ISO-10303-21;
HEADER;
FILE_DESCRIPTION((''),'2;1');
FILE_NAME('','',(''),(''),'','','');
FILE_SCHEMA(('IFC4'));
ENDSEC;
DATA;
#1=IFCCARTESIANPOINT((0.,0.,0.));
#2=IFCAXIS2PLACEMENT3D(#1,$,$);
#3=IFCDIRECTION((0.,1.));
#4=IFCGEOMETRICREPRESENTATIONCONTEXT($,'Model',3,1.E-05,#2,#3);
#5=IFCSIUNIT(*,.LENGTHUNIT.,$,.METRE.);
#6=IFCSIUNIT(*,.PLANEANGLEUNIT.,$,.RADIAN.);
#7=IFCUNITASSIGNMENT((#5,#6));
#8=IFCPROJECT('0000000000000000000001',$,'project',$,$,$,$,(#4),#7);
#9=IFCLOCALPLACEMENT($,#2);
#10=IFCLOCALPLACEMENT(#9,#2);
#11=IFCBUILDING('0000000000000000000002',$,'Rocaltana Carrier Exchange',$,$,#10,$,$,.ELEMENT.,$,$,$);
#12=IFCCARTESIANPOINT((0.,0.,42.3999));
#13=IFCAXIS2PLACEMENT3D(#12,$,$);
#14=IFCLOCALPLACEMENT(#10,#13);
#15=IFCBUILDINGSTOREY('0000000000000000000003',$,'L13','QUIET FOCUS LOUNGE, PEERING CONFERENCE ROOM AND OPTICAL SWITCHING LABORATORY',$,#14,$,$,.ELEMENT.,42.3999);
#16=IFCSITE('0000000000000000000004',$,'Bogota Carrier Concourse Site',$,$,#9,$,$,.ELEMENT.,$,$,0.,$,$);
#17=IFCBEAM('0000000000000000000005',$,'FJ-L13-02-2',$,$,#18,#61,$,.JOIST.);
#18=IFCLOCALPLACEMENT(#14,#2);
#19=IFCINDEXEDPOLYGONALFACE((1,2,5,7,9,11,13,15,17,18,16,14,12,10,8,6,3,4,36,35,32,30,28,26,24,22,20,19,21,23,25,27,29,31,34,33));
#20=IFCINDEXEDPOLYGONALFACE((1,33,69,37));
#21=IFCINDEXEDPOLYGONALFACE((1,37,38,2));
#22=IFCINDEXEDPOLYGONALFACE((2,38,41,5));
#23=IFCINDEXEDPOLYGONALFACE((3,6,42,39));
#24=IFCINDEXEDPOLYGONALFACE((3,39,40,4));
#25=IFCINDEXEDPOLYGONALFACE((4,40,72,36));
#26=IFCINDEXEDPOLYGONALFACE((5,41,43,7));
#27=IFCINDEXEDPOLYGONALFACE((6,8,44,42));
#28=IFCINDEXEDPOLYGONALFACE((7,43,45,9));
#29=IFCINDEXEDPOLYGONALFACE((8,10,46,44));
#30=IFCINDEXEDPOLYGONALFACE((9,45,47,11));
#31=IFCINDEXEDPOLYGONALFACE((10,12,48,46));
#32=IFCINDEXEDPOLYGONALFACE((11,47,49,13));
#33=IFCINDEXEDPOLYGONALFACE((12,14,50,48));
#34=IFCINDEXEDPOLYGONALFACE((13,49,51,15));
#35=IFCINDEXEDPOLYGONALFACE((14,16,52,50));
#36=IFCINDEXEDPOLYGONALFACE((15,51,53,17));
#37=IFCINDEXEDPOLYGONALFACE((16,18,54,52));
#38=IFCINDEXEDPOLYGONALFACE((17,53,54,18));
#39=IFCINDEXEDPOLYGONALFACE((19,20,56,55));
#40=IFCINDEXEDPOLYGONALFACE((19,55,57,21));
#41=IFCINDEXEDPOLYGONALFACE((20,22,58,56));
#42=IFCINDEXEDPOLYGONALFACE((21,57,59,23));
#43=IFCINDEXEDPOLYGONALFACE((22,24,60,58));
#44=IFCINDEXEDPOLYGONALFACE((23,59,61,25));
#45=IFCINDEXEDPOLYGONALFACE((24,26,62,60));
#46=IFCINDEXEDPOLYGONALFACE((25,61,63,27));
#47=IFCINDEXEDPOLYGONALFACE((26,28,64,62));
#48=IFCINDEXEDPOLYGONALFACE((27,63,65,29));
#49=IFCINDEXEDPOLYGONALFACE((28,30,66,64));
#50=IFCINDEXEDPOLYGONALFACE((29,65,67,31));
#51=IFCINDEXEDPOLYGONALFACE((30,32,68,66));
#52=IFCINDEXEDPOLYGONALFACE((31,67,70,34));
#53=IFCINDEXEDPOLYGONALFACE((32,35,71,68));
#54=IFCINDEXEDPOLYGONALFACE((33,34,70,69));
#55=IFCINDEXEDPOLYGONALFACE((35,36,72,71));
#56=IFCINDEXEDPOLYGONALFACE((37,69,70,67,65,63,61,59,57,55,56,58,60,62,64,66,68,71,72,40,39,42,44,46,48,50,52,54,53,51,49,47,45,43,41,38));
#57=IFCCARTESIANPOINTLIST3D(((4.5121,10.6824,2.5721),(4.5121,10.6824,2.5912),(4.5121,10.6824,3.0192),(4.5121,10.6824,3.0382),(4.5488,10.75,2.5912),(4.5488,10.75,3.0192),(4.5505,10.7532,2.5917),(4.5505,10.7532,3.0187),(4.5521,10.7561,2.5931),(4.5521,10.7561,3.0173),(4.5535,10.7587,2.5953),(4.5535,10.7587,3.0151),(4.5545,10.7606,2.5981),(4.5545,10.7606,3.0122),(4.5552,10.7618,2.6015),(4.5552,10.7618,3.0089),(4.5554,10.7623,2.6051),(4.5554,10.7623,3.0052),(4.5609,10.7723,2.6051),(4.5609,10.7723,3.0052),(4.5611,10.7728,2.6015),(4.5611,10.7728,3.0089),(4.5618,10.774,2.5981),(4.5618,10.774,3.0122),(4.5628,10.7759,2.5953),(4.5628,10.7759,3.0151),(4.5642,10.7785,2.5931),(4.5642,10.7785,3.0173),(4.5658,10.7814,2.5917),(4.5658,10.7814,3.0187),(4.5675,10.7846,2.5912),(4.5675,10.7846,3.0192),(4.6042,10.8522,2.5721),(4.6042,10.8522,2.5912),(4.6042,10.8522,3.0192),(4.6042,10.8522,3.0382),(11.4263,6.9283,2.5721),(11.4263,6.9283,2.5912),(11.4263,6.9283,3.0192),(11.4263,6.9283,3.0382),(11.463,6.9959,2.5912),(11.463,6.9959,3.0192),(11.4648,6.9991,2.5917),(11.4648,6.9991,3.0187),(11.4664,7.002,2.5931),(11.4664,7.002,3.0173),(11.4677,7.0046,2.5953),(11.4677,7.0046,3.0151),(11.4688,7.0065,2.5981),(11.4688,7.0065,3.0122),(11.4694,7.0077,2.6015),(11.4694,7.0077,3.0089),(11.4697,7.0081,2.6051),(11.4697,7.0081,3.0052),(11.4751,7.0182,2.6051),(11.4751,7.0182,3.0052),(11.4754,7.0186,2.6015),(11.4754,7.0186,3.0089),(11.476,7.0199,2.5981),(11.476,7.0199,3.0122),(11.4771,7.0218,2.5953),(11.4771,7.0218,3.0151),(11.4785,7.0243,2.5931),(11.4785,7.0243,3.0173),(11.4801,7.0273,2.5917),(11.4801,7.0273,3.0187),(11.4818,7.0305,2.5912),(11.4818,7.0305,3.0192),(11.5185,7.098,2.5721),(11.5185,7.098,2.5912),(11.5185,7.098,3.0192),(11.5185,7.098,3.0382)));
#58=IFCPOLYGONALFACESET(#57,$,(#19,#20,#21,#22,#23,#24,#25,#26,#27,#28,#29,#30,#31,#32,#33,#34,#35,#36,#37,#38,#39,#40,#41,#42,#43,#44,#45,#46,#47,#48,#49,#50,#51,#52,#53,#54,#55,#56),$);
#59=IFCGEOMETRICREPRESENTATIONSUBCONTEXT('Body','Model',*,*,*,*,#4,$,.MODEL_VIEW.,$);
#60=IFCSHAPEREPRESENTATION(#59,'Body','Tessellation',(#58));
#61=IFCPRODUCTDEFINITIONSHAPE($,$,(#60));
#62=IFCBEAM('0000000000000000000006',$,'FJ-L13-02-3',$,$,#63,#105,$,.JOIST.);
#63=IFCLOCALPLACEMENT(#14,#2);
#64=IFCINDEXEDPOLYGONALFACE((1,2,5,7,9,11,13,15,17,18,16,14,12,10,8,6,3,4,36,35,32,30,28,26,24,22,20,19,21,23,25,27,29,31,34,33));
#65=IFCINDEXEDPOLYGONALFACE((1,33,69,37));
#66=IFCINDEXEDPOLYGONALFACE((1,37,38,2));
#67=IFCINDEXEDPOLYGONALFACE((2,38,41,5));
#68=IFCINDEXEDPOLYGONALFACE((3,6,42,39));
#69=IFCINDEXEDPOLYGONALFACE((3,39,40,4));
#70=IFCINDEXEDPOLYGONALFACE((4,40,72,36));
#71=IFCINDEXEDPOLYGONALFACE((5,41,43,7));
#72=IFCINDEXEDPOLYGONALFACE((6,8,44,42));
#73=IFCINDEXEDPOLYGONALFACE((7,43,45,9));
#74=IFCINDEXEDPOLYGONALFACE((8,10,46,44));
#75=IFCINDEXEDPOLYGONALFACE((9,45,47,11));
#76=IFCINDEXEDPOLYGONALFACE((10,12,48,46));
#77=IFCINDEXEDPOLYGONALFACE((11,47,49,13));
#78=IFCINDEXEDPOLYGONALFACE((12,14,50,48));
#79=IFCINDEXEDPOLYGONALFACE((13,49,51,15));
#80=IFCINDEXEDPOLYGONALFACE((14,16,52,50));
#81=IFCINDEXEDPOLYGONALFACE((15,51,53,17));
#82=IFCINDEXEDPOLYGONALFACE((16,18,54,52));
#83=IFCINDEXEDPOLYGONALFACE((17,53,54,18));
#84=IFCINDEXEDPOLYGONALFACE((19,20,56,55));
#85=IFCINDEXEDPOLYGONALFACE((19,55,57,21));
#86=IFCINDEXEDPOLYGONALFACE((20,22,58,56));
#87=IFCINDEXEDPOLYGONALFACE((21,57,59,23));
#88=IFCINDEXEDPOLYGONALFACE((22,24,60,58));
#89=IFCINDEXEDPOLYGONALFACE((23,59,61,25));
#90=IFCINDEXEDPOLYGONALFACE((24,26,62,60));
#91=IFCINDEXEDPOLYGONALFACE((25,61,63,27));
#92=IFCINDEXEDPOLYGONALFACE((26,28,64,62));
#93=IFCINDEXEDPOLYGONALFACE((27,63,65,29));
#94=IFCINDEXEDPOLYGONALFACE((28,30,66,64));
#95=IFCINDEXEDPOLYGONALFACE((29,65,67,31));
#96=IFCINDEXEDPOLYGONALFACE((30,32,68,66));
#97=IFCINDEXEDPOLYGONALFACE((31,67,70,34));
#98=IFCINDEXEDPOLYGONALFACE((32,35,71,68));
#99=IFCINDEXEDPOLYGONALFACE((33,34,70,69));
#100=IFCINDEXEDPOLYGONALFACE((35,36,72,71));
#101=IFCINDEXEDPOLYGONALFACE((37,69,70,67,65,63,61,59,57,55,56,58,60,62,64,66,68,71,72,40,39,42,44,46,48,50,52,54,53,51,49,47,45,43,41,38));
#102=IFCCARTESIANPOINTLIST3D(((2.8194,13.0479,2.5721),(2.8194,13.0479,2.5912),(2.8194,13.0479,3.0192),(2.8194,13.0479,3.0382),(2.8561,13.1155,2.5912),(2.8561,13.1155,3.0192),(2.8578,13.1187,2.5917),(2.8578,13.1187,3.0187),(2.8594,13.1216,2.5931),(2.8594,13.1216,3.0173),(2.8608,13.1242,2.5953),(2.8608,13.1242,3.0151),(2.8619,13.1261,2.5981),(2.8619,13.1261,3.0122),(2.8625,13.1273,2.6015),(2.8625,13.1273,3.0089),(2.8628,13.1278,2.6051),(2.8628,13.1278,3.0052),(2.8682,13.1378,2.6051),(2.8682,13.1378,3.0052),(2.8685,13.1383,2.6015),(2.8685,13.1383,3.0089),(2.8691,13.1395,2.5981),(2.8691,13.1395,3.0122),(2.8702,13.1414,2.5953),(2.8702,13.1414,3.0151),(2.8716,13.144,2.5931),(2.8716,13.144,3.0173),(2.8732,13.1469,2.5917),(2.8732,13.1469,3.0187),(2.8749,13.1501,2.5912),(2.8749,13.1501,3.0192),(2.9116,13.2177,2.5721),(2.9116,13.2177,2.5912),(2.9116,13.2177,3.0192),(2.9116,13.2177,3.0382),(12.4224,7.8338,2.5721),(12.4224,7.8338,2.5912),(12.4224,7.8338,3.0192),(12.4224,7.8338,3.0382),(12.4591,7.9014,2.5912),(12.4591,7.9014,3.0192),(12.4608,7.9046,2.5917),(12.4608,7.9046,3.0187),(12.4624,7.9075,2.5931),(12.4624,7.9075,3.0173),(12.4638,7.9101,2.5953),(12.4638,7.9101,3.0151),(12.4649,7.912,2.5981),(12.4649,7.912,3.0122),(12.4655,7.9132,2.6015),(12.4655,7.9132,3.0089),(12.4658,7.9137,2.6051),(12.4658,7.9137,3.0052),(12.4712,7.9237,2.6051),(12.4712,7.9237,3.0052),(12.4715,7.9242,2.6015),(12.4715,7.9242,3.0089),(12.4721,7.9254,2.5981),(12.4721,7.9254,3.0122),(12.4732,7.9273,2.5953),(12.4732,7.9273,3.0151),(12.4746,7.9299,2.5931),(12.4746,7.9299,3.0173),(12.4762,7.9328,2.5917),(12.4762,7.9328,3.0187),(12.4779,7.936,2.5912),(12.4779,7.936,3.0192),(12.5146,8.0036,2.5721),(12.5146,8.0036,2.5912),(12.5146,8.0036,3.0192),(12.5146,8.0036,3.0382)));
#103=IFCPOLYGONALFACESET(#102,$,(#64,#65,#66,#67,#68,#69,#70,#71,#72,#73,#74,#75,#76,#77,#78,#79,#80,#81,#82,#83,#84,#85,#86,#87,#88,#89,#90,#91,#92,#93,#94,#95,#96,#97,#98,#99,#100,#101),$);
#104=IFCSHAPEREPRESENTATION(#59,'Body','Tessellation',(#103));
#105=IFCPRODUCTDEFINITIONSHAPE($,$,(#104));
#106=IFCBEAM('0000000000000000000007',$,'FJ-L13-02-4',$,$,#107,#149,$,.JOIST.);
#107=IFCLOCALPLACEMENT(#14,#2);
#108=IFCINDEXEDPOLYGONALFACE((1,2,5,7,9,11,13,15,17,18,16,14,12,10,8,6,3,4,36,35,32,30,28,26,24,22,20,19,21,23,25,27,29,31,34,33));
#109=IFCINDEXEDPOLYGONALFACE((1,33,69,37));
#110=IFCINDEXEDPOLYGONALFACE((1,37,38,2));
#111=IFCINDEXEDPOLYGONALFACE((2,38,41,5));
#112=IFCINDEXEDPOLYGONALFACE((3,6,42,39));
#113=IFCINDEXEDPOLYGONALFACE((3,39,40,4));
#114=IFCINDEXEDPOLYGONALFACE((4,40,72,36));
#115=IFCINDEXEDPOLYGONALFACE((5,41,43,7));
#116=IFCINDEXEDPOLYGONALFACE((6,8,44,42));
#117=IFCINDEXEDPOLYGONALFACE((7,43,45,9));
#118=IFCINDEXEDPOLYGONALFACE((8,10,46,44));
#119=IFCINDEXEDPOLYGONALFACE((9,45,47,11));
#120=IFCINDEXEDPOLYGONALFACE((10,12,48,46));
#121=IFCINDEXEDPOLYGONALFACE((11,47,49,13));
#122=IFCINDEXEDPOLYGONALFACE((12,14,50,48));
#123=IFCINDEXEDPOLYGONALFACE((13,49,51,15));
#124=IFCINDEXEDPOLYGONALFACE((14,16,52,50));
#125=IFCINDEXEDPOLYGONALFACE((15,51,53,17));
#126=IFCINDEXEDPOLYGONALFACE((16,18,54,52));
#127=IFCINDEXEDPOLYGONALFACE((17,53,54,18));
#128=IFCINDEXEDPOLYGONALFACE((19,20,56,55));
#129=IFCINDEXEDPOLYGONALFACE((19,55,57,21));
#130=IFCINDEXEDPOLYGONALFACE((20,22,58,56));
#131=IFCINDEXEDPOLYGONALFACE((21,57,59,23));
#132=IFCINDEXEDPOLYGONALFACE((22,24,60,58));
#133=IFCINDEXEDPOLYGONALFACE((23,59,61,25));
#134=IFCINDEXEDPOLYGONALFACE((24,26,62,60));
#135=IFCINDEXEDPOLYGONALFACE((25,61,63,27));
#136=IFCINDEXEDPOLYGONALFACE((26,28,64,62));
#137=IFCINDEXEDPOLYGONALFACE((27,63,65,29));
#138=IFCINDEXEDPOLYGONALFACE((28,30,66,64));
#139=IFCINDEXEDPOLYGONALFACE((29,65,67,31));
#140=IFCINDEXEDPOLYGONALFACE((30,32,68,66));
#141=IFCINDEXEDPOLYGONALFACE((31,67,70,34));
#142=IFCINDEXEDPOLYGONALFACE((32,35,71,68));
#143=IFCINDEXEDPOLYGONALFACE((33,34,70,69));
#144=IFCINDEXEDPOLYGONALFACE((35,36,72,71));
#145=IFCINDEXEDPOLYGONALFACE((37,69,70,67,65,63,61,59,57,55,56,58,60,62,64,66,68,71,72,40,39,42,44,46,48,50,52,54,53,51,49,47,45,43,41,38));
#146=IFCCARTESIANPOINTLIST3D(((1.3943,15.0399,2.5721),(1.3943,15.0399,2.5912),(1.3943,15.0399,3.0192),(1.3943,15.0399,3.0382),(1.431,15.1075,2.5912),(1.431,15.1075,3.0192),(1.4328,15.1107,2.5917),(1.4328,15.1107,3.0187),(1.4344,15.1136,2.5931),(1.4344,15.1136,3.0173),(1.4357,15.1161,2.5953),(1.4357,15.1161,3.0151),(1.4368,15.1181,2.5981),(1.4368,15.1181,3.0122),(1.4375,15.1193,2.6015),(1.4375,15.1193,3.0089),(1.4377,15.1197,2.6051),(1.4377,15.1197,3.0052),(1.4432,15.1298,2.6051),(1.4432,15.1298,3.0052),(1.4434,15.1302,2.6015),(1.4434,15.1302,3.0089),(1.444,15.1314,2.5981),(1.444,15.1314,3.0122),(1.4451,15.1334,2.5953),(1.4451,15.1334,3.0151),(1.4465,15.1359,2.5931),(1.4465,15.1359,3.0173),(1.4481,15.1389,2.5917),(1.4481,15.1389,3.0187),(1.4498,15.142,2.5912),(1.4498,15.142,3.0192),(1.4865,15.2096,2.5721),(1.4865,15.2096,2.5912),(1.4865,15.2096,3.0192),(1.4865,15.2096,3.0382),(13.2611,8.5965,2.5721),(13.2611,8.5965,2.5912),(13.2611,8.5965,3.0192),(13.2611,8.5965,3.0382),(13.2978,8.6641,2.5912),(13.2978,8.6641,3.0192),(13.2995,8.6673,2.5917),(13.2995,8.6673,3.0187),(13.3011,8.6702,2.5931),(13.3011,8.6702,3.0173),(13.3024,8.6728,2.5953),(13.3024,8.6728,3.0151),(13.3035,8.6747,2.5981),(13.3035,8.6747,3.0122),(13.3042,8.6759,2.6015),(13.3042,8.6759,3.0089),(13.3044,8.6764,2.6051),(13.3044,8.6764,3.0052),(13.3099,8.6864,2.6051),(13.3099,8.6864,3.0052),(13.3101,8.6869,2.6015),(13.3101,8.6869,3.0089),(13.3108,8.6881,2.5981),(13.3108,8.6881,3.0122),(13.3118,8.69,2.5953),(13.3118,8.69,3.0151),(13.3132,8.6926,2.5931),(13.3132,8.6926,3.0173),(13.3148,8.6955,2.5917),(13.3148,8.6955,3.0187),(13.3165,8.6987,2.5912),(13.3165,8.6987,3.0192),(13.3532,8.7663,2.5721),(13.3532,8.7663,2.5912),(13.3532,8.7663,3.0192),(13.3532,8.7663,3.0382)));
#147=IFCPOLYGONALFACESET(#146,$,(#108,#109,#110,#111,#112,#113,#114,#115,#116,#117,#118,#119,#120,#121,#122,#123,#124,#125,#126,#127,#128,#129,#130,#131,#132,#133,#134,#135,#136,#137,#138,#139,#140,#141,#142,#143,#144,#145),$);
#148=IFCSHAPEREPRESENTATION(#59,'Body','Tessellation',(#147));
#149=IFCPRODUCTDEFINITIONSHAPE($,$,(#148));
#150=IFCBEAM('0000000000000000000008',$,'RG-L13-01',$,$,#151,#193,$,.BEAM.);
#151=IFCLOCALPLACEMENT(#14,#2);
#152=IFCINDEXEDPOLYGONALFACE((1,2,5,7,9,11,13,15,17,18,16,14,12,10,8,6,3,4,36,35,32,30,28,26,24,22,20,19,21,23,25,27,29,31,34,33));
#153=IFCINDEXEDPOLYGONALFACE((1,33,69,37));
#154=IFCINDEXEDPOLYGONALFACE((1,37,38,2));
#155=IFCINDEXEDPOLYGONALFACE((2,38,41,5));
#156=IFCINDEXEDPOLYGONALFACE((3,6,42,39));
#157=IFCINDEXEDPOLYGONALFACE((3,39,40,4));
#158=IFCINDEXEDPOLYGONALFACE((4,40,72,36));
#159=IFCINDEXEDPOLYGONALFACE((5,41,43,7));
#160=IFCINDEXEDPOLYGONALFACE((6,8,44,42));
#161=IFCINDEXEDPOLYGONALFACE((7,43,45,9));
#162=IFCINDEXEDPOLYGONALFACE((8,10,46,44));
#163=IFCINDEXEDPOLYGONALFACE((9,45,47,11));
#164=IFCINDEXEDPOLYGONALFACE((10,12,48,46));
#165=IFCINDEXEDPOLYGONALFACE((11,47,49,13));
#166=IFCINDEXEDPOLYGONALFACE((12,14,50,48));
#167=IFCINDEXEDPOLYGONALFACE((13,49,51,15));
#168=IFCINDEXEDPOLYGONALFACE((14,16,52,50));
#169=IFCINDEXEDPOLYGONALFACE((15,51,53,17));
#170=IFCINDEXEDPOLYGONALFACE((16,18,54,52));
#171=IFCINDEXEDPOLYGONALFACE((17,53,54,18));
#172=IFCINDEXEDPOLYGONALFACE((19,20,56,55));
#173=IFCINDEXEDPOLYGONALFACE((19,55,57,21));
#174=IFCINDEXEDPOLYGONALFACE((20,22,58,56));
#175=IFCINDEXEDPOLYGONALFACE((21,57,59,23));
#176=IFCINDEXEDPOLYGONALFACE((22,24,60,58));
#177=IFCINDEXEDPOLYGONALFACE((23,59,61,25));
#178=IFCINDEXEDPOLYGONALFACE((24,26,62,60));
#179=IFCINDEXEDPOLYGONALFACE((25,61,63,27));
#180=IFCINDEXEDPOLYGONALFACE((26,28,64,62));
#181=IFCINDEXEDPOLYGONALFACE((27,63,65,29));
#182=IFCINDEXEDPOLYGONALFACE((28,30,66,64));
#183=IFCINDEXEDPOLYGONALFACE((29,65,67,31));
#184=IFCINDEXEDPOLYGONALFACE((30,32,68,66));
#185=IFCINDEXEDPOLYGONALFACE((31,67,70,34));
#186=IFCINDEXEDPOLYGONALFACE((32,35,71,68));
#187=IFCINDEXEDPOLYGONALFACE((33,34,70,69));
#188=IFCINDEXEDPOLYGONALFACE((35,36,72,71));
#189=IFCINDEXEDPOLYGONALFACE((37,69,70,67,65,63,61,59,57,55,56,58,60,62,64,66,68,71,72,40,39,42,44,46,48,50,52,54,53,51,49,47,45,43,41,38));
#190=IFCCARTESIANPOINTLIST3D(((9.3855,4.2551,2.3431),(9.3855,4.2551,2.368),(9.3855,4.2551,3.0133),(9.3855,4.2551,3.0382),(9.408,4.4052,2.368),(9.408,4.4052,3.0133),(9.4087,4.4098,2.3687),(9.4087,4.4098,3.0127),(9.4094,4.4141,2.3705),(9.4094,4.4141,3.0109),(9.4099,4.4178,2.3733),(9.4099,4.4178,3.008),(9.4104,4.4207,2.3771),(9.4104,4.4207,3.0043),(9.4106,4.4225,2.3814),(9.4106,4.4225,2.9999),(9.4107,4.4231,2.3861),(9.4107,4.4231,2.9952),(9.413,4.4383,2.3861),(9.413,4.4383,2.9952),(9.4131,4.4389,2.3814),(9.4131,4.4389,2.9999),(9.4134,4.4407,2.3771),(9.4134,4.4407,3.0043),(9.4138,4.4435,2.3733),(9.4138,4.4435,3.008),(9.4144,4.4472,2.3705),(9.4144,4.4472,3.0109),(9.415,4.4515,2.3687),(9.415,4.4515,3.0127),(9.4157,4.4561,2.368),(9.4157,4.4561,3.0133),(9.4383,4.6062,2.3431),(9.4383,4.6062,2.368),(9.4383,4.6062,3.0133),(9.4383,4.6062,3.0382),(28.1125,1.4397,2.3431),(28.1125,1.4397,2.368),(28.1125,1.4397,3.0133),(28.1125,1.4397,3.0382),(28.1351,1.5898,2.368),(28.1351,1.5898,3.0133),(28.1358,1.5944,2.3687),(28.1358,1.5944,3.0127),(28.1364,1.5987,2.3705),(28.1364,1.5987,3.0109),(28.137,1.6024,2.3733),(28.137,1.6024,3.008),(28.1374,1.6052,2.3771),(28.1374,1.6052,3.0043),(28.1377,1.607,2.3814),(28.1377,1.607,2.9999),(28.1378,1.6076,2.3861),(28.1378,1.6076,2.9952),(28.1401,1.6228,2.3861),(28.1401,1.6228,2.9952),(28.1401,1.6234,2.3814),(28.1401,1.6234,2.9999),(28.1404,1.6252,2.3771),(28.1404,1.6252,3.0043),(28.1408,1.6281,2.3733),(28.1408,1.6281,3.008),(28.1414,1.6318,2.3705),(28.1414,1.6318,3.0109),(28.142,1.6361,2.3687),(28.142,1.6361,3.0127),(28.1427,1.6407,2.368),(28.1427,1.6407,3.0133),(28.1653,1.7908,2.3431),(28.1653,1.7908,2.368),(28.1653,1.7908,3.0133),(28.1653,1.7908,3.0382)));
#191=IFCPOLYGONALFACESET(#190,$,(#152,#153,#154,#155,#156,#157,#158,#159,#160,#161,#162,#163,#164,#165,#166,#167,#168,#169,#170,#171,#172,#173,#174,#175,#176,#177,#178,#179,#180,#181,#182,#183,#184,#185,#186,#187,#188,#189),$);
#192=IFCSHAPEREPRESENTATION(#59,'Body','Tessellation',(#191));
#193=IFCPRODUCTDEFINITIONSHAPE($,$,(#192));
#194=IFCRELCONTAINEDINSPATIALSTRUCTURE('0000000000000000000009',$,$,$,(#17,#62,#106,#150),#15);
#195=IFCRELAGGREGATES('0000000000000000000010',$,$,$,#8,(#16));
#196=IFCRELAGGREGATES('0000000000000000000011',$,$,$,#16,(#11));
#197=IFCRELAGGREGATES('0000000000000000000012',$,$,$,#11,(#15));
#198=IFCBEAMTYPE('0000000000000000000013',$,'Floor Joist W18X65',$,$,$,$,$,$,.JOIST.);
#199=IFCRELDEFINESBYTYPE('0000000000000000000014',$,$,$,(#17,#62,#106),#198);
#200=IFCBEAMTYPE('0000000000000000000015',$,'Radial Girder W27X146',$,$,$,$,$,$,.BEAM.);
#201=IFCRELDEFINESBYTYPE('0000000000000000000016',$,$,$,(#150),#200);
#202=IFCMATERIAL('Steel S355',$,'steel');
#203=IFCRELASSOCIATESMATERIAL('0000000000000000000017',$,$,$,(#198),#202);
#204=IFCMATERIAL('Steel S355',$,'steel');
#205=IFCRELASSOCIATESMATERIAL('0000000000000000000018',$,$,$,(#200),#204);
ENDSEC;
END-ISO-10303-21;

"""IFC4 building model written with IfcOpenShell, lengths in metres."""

from ifc_helpers import new_model, si_unit, direction, frame, origin, origin_2d, place, context, subcontext, project, spatial, i_section, extrude, material, material_profile, profile_set, type_object, element, save


model = new_model("IFC4")

# Units and contexts
model_context = context("Model", 3, precision=1e-05, world=origin(), true_north=direction((0.0, 1.0)))
body_context = subcontext(model_context, "Body", "Model", "MODEL_VIEW")
ifc_project = project(units=[si_unit("LENGTHUNIT", "METRE"), si_unit("PLANEANGLEUNIT", "RADIAN")], contexts=[model_context])

# Site, building, storey
site_placement = place(None, origin())
site = spatial("IfcSite", under=ifc_project, at=site_placement, Name="Bogota Carrier Concourse Site", CompositionType="ELEMENT", RefElevation=0.0)
building_placement = place(site_placement, origin())
building = spatial("IfcBuilding", under=site, at=building_placement, Name="Rocaltana Carrier Exchange", CompositionType="ELEMENT")
storey_placement = place(building_placement, frame((0.0, 0.0, 42.3999)))
storey = spatial("IfcBuildingStorey", under=building, at=storey_placement, Name="L13", Description="QUIET FOCUS LOUNGE, PEERING CONFERENCE ROOM AND OPTICAL SWITCHING LABORATORY", CompositionType="ELEMENT", Elevation=42.3999)

# Beams
ifc_material_1 = material(Name="Steel S355", Category="steel")
ifc_material_profile_1 = material_profile(ifc_material_1, i_section(OverallWidth=0.1931, OverallDepth=0.4661, WebThickness=0.0115, FlangeThickness=0.019, FilletRadius=0.0139, at=origin_2d()), Name="W18X65")
ifc_profile_set_1 = profile_set([ifc_material_profile_1], Name="Steel S355")
beam_type_1 = type_object("IfcBeamType", Name="Floor Joist W18X65", PredefinedType="JOIST", material=ifc_profile_set_1)
beam_1_placement = place(storey_placement, frame((11.4724, 7.0132, 2.8052), z_axis=(-0.878818, 0.477158, 0.0), x_axis=(-0.477158, -0.878818, 0.0)))
element("IfcBeam", 1, at=beam_1_placement, inside=storey, type_object=beam_type_1, Name="FJ-L13-02-2", PredefinedType="JOIST", context=body_context, shape_type="SweptSolid", body=[
    extrude(i_section(OverallWidth=0.1931, OverallDepth=0.4661, WebThickness=0.0115, FlangeThickness=0.019, FilletRadius=0.0139, at=origin_2d()), origin(), (0.0, 0.0, 1.0), 7.8677),
])
beam_2_placement = place(storey_placement, frame((12.4685, 7.9187, 2.8052), z_axis=(-0.878814, 0.477165, 0.0), x_axis=(-0.477165, -0.878814, 0.0)))
element("IfcBeam", 2, at=beam_2_placement, inside=storey, type_object=beam_type_1, Name="FJ-L13-02-3", PredefinedType="JOIST", context=body_context, shape_type="SweptSolid", body=[
    extrude(i_section(OverallWidth=0.1931, OverallDepth=0.4661, WebThickness=0.0115, FlangeThickness=0.019, FilletRadius=0.0139, at=origin_2d()), origin(), (0.0, 0.0, 1.0), 10.9272),
])
beam_3_placement = place(storey_placement, frame((13.3071, 8.6814, 2.8052), z_axis=(-0.878809, 0.477174, 0.0), x_axis=(-0.477174, -0.878809, 0.0)))
element("IfcBeam", 3, at=beam_3_placement, inside=storey, type_object=beam_type_1, Name="FJ-L13-02-4", PredefinedType="JOIST", context=body_context, shape_type="SweptSolid", body=[
    extrude(i_section(OverallWidth=0.1931, OverallDepth=0.4661, WebThickness=0.0115, FlangeThickness=0.019, FilletRadius=0.0139, at=origin_2d()), origin(), (0.0, 0.0, 1.0), 13.5032),
])
ifc_material_2 = material(Name="Steel S355", Category="steel")
ifc_material_profile_2 = material_profile(ifc_material_2, i_section(OverallWidth=0.355, OverallDepth=0.6951, WebThickness=0.0154, FlangeThickness=0.0249, FilletRadius=0.0181, at=origin_2d()), Name="W27X146")
ifc_profile_set_2 = profile_set([ifc_material_profile_2], Name="Steel S355")
beam_type_2 = type_object("IfcBeamType", Name="Radial Girder W27X146", PredefinedType="BEAM", material=ifc_profile_set_2)
beam_4_placement = place(storey_placement, frame((9.4119, 4.4307, 2.6907), z_axis=(0.988887, -0.14867, 0.0), x_axis=(0.14867, 0.988887, 0.0)))
element("IfcBeam", 4, at=beam_4_placement, inside=storey, type_object=beam_type_2, Name="RG-L13-01", PredefinedType="BEAM", context=body_context, shape_type="SweptSolid", body=[
    extrude(i_section(OverallWidth=0.355, OverallDepth=0.6951, WebThickness=0.0154, FlangeThickness=0.0249, FilletRadius=0.0181, at=origin_2d()), origin(), (0.0, 0.0, 1.0), 18.9375),
])

save(model, "model.ifc")
